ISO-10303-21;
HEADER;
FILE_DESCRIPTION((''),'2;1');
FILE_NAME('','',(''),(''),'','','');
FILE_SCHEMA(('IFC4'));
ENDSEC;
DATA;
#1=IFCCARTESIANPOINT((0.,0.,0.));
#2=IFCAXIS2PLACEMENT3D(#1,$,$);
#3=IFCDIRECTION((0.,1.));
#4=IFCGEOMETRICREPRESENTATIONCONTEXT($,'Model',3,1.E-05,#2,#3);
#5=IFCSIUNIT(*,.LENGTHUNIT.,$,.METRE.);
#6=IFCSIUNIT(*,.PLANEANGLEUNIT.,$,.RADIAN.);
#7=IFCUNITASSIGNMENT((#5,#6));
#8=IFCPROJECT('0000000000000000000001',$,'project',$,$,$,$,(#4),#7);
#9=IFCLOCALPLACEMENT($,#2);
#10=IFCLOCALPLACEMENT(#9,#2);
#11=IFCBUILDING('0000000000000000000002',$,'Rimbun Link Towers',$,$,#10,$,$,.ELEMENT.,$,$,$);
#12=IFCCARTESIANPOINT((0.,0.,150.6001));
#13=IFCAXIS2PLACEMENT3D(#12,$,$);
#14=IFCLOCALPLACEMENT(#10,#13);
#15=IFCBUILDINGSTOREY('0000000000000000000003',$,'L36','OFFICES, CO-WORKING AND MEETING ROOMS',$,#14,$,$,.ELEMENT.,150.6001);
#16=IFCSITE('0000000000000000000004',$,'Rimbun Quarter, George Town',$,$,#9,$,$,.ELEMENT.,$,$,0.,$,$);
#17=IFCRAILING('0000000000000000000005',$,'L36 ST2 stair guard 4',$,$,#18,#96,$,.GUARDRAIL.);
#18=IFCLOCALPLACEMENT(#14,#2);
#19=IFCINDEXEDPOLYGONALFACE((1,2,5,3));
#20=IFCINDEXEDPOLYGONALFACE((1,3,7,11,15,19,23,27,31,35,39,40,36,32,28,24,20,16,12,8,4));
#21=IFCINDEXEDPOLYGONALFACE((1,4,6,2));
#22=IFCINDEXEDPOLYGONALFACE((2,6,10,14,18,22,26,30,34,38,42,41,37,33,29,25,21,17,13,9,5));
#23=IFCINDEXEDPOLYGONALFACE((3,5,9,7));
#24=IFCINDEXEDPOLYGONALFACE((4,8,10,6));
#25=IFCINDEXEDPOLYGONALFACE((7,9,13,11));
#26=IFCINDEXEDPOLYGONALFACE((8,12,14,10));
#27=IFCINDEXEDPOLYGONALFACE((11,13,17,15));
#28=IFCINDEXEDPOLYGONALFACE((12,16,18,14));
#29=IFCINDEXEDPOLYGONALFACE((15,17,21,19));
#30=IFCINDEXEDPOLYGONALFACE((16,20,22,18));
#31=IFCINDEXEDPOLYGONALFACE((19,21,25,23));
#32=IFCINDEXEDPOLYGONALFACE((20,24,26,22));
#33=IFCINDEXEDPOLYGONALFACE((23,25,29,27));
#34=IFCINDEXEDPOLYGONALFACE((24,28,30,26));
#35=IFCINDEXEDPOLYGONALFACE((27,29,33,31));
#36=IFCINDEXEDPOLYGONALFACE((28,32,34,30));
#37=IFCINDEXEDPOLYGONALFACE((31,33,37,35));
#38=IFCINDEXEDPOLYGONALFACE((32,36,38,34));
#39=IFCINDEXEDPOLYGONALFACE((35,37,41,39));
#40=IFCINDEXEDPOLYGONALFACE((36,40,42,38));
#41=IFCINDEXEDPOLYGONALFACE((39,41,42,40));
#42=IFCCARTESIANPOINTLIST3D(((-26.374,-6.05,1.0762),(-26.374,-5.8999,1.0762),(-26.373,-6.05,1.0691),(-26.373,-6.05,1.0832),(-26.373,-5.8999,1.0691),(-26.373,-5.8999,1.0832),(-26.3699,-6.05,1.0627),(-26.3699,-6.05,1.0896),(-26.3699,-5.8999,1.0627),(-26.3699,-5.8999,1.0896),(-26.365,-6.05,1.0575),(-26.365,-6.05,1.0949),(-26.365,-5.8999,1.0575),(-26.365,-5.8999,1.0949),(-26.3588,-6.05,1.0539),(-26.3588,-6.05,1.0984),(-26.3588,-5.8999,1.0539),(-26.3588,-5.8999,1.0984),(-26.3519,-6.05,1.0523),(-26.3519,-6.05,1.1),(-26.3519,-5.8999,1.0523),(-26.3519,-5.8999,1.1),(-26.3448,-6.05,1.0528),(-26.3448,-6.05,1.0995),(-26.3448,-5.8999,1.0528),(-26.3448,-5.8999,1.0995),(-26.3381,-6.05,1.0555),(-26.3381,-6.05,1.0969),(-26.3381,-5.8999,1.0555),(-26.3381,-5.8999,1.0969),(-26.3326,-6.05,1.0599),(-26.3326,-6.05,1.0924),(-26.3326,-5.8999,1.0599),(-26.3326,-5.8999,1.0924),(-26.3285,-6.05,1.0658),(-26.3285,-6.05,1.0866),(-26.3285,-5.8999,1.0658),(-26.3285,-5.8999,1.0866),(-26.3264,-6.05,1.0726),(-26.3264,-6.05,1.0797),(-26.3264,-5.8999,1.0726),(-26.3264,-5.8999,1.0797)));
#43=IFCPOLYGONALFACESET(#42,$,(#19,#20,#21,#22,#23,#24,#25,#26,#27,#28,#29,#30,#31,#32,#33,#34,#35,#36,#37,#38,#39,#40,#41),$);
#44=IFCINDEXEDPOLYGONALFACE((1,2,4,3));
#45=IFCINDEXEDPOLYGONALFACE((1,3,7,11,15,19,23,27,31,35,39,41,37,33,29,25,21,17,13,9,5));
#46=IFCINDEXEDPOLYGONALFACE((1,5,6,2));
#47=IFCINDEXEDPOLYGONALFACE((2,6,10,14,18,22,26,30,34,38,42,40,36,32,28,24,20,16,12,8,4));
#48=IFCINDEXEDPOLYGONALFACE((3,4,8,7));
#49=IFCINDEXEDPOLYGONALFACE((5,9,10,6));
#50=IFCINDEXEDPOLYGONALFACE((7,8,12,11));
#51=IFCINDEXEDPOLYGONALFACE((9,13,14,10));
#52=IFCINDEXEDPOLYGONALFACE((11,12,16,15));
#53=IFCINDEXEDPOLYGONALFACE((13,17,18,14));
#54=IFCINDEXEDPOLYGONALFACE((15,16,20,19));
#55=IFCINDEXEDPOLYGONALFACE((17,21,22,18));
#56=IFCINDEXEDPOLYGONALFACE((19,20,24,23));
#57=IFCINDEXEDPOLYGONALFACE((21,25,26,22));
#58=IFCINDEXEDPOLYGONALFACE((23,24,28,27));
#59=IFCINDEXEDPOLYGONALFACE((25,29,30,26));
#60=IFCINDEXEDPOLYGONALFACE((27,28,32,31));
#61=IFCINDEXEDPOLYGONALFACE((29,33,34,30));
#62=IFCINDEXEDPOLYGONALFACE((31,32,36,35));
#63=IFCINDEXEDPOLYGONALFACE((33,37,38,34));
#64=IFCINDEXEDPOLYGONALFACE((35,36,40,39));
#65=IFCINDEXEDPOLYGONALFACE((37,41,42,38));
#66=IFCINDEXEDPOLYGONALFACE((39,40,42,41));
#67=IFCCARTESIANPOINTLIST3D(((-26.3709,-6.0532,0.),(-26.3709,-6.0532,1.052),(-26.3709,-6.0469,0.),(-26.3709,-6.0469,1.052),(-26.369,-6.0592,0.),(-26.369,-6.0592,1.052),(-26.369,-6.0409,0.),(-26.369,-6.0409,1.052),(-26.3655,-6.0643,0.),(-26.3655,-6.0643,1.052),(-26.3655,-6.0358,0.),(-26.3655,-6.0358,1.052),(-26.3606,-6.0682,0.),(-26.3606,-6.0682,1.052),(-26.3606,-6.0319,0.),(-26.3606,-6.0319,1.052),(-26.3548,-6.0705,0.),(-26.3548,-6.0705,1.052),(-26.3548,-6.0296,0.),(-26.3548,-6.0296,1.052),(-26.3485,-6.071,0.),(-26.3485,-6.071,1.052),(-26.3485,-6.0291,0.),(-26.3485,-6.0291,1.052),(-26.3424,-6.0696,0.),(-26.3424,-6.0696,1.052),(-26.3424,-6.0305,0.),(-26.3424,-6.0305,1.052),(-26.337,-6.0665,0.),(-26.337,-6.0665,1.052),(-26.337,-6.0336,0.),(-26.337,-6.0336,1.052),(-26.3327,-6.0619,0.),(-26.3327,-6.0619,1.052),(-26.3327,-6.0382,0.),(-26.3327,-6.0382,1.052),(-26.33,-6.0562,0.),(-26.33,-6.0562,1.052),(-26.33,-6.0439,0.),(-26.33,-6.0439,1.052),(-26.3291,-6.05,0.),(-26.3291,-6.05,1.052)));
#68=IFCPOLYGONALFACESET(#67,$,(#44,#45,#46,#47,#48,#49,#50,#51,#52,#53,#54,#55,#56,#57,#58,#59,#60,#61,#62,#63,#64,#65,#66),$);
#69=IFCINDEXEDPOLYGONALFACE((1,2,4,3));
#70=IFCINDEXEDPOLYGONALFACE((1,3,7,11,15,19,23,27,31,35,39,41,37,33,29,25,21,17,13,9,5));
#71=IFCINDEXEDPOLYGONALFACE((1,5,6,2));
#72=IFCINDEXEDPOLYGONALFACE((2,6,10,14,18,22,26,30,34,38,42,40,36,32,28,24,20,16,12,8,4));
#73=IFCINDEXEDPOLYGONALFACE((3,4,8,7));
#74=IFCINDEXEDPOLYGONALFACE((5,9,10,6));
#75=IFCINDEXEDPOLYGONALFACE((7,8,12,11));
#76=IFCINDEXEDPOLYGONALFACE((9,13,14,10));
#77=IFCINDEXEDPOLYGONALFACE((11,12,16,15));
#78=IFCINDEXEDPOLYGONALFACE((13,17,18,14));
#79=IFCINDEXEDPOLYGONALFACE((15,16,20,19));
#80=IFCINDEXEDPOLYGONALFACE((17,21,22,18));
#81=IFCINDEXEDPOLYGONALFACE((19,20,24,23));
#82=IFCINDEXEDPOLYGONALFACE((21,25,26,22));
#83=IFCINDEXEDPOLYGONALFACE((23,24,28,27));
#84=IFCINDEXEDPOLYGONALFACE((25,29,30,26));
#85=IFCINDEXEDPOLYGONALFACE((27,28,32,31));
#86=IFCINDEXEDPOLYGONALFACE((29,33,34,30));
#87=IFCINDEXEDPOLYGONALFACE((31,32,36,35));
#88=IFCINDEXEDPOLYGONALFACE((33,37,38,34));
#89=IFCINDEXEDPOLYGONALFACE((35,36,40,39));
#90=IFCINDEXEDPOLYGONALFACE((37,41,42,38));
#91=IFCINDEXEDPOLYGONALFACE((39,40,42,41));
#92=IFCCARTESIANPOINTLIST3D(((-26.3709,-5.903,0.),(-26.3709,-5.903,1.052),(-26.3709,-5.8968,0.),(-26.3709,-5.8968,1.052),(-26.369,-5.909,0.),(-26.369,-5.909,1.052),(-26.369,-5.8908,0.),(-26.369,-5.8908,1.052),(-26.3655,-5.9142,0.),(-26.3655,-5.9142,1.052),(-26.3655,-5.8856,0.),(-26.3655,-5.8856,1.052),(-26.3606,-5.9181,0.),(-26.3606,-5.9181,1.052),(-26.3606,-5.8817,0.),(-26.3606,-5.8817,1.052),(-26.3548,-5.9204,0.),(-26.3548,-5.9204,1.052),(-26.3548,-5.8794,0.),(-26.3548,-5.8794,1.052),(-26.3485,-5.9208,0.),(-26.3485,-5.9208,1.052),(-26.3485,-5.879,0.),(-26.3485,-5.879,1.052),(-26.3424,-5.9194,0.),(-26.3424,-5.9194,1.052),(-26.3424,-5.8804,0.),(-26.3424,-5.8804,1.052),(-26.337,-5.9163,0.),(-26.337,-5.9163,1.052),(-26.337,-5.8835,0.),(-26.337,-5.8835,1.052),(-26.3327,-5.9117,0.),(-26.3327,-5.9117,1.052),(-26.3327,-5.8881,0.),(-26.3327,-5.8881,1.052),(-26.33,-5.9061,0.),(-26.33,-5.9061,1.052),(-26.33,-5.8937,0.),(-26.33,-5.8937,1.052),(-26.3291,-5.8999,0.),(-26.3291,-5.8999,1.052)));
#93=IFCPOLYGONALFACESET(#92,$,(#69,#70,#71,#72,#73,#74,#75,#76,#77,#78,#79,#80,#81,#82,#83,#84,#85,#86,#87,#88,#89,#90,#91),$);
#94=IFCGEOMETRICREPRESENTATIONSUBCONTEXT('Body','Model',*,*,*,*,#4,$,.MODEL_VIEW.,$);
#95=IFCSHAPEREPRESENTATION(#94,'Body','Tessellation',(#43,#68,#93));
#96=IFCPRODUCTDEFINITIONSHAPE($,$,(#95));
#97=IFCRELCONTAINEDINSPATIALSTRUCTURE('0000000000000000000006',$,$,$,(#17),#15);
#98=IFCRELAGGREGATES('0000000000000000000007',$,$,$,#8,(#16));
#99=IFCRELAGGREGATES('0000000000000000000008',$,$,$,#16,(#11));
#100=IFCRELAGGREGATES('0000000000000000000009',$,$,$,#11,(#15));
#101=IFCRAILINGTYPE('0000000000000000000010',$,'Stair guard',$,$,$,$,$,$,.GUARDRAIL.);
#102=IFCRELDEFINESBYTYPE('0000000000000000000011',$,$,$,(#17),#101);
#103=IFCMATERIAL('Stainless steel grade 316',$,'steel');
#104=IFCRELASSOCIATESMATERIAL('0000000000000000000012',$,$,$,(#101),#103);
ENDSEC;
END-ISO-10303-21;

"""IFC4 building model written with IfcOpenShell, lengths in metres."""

from ifc_helpers import new_model, si_unit, direction, frame, origin, origin_2d, place, context, subcontext, project, spatial, circle, extrude, material, type_object, element, save


model = new_model("IFC4")

# Units and contexts
model_context = context("Model", 3, precision=1e-05, world=origin(), true_north=direction((0.0, 1.0)))
body_context = subcontext(model_context, "Body", "Model", "MODEL_VIEW")
ifc_project = project(units=[si_unit("LENGTHUNIT", "METRE"), si_unit("PLANEANGLEUNIT", "RADIAN")], contexts=[model_context])

# Site, building, storey
site_placement = place(None, origin())
site = spatial("IfcSite", under=ifc_project, at=site_placement, Name="Rimbun Quarter, George Town", CompositionType="ELEMENT", RefElevation=0.0)
building_placement = place(site_placement, origin())
building = spatial("IfcBuilding", under=site, at=building_placement, Name="Rimbun Link Towers", CompositionType="ELEMENT")
storey_placement = place(building_placement, frame((0.0, 0.0, 150.6001)))
storey = spatial("IfcBuildingStorey", under=building, at=storey_placement, Name="L36", Description="OFFICES, CO-WORKING AND MEETING ROOMS", CompositionType="ELEMENT", Elevation=150.6001)

# Railing
ifc_material_1 = material(Name="Stainless steel grade 316", Category="steel")
railing_type_1 = type_object("IfcRailingType", Name="Stair guard", PredefinedType="GUARDRAIL", material=ifc_material_1)
railing_1_placement = place(storey_placement, frame((-26.3501, -6.05, 0.0)))
element("IfcRailing", 1, at=railing_1_placement, inside=storey, type_object=railing_type_1, Name="L36 ST2 stair guard 4", PredefinedType="GUARDRAIL", context=body_context, shape_type="SweptSolid", body=[
    extrude(circle(Radius=0.0239, at=origin_2d()), frame((0.0, 0.0, 1.0762), z_axis=(0.0, 1.0, 0.0), x_axis=(-1.0, 0.0, 0.0)), (0.0, 0.0, 1.0), 0.1501),
    extrude(circle(Radius=0.021, at=origin_2d()), origin(), (0.0, 0.0, 1.0), 1.052),
    extrude(circle(Radius=0.021, at=origin_2d()), frame((0.0, 0.1501, 0.0)), (0.0, 0.0, 1.0), 1.052),
])

save(model, "model.ifc")
